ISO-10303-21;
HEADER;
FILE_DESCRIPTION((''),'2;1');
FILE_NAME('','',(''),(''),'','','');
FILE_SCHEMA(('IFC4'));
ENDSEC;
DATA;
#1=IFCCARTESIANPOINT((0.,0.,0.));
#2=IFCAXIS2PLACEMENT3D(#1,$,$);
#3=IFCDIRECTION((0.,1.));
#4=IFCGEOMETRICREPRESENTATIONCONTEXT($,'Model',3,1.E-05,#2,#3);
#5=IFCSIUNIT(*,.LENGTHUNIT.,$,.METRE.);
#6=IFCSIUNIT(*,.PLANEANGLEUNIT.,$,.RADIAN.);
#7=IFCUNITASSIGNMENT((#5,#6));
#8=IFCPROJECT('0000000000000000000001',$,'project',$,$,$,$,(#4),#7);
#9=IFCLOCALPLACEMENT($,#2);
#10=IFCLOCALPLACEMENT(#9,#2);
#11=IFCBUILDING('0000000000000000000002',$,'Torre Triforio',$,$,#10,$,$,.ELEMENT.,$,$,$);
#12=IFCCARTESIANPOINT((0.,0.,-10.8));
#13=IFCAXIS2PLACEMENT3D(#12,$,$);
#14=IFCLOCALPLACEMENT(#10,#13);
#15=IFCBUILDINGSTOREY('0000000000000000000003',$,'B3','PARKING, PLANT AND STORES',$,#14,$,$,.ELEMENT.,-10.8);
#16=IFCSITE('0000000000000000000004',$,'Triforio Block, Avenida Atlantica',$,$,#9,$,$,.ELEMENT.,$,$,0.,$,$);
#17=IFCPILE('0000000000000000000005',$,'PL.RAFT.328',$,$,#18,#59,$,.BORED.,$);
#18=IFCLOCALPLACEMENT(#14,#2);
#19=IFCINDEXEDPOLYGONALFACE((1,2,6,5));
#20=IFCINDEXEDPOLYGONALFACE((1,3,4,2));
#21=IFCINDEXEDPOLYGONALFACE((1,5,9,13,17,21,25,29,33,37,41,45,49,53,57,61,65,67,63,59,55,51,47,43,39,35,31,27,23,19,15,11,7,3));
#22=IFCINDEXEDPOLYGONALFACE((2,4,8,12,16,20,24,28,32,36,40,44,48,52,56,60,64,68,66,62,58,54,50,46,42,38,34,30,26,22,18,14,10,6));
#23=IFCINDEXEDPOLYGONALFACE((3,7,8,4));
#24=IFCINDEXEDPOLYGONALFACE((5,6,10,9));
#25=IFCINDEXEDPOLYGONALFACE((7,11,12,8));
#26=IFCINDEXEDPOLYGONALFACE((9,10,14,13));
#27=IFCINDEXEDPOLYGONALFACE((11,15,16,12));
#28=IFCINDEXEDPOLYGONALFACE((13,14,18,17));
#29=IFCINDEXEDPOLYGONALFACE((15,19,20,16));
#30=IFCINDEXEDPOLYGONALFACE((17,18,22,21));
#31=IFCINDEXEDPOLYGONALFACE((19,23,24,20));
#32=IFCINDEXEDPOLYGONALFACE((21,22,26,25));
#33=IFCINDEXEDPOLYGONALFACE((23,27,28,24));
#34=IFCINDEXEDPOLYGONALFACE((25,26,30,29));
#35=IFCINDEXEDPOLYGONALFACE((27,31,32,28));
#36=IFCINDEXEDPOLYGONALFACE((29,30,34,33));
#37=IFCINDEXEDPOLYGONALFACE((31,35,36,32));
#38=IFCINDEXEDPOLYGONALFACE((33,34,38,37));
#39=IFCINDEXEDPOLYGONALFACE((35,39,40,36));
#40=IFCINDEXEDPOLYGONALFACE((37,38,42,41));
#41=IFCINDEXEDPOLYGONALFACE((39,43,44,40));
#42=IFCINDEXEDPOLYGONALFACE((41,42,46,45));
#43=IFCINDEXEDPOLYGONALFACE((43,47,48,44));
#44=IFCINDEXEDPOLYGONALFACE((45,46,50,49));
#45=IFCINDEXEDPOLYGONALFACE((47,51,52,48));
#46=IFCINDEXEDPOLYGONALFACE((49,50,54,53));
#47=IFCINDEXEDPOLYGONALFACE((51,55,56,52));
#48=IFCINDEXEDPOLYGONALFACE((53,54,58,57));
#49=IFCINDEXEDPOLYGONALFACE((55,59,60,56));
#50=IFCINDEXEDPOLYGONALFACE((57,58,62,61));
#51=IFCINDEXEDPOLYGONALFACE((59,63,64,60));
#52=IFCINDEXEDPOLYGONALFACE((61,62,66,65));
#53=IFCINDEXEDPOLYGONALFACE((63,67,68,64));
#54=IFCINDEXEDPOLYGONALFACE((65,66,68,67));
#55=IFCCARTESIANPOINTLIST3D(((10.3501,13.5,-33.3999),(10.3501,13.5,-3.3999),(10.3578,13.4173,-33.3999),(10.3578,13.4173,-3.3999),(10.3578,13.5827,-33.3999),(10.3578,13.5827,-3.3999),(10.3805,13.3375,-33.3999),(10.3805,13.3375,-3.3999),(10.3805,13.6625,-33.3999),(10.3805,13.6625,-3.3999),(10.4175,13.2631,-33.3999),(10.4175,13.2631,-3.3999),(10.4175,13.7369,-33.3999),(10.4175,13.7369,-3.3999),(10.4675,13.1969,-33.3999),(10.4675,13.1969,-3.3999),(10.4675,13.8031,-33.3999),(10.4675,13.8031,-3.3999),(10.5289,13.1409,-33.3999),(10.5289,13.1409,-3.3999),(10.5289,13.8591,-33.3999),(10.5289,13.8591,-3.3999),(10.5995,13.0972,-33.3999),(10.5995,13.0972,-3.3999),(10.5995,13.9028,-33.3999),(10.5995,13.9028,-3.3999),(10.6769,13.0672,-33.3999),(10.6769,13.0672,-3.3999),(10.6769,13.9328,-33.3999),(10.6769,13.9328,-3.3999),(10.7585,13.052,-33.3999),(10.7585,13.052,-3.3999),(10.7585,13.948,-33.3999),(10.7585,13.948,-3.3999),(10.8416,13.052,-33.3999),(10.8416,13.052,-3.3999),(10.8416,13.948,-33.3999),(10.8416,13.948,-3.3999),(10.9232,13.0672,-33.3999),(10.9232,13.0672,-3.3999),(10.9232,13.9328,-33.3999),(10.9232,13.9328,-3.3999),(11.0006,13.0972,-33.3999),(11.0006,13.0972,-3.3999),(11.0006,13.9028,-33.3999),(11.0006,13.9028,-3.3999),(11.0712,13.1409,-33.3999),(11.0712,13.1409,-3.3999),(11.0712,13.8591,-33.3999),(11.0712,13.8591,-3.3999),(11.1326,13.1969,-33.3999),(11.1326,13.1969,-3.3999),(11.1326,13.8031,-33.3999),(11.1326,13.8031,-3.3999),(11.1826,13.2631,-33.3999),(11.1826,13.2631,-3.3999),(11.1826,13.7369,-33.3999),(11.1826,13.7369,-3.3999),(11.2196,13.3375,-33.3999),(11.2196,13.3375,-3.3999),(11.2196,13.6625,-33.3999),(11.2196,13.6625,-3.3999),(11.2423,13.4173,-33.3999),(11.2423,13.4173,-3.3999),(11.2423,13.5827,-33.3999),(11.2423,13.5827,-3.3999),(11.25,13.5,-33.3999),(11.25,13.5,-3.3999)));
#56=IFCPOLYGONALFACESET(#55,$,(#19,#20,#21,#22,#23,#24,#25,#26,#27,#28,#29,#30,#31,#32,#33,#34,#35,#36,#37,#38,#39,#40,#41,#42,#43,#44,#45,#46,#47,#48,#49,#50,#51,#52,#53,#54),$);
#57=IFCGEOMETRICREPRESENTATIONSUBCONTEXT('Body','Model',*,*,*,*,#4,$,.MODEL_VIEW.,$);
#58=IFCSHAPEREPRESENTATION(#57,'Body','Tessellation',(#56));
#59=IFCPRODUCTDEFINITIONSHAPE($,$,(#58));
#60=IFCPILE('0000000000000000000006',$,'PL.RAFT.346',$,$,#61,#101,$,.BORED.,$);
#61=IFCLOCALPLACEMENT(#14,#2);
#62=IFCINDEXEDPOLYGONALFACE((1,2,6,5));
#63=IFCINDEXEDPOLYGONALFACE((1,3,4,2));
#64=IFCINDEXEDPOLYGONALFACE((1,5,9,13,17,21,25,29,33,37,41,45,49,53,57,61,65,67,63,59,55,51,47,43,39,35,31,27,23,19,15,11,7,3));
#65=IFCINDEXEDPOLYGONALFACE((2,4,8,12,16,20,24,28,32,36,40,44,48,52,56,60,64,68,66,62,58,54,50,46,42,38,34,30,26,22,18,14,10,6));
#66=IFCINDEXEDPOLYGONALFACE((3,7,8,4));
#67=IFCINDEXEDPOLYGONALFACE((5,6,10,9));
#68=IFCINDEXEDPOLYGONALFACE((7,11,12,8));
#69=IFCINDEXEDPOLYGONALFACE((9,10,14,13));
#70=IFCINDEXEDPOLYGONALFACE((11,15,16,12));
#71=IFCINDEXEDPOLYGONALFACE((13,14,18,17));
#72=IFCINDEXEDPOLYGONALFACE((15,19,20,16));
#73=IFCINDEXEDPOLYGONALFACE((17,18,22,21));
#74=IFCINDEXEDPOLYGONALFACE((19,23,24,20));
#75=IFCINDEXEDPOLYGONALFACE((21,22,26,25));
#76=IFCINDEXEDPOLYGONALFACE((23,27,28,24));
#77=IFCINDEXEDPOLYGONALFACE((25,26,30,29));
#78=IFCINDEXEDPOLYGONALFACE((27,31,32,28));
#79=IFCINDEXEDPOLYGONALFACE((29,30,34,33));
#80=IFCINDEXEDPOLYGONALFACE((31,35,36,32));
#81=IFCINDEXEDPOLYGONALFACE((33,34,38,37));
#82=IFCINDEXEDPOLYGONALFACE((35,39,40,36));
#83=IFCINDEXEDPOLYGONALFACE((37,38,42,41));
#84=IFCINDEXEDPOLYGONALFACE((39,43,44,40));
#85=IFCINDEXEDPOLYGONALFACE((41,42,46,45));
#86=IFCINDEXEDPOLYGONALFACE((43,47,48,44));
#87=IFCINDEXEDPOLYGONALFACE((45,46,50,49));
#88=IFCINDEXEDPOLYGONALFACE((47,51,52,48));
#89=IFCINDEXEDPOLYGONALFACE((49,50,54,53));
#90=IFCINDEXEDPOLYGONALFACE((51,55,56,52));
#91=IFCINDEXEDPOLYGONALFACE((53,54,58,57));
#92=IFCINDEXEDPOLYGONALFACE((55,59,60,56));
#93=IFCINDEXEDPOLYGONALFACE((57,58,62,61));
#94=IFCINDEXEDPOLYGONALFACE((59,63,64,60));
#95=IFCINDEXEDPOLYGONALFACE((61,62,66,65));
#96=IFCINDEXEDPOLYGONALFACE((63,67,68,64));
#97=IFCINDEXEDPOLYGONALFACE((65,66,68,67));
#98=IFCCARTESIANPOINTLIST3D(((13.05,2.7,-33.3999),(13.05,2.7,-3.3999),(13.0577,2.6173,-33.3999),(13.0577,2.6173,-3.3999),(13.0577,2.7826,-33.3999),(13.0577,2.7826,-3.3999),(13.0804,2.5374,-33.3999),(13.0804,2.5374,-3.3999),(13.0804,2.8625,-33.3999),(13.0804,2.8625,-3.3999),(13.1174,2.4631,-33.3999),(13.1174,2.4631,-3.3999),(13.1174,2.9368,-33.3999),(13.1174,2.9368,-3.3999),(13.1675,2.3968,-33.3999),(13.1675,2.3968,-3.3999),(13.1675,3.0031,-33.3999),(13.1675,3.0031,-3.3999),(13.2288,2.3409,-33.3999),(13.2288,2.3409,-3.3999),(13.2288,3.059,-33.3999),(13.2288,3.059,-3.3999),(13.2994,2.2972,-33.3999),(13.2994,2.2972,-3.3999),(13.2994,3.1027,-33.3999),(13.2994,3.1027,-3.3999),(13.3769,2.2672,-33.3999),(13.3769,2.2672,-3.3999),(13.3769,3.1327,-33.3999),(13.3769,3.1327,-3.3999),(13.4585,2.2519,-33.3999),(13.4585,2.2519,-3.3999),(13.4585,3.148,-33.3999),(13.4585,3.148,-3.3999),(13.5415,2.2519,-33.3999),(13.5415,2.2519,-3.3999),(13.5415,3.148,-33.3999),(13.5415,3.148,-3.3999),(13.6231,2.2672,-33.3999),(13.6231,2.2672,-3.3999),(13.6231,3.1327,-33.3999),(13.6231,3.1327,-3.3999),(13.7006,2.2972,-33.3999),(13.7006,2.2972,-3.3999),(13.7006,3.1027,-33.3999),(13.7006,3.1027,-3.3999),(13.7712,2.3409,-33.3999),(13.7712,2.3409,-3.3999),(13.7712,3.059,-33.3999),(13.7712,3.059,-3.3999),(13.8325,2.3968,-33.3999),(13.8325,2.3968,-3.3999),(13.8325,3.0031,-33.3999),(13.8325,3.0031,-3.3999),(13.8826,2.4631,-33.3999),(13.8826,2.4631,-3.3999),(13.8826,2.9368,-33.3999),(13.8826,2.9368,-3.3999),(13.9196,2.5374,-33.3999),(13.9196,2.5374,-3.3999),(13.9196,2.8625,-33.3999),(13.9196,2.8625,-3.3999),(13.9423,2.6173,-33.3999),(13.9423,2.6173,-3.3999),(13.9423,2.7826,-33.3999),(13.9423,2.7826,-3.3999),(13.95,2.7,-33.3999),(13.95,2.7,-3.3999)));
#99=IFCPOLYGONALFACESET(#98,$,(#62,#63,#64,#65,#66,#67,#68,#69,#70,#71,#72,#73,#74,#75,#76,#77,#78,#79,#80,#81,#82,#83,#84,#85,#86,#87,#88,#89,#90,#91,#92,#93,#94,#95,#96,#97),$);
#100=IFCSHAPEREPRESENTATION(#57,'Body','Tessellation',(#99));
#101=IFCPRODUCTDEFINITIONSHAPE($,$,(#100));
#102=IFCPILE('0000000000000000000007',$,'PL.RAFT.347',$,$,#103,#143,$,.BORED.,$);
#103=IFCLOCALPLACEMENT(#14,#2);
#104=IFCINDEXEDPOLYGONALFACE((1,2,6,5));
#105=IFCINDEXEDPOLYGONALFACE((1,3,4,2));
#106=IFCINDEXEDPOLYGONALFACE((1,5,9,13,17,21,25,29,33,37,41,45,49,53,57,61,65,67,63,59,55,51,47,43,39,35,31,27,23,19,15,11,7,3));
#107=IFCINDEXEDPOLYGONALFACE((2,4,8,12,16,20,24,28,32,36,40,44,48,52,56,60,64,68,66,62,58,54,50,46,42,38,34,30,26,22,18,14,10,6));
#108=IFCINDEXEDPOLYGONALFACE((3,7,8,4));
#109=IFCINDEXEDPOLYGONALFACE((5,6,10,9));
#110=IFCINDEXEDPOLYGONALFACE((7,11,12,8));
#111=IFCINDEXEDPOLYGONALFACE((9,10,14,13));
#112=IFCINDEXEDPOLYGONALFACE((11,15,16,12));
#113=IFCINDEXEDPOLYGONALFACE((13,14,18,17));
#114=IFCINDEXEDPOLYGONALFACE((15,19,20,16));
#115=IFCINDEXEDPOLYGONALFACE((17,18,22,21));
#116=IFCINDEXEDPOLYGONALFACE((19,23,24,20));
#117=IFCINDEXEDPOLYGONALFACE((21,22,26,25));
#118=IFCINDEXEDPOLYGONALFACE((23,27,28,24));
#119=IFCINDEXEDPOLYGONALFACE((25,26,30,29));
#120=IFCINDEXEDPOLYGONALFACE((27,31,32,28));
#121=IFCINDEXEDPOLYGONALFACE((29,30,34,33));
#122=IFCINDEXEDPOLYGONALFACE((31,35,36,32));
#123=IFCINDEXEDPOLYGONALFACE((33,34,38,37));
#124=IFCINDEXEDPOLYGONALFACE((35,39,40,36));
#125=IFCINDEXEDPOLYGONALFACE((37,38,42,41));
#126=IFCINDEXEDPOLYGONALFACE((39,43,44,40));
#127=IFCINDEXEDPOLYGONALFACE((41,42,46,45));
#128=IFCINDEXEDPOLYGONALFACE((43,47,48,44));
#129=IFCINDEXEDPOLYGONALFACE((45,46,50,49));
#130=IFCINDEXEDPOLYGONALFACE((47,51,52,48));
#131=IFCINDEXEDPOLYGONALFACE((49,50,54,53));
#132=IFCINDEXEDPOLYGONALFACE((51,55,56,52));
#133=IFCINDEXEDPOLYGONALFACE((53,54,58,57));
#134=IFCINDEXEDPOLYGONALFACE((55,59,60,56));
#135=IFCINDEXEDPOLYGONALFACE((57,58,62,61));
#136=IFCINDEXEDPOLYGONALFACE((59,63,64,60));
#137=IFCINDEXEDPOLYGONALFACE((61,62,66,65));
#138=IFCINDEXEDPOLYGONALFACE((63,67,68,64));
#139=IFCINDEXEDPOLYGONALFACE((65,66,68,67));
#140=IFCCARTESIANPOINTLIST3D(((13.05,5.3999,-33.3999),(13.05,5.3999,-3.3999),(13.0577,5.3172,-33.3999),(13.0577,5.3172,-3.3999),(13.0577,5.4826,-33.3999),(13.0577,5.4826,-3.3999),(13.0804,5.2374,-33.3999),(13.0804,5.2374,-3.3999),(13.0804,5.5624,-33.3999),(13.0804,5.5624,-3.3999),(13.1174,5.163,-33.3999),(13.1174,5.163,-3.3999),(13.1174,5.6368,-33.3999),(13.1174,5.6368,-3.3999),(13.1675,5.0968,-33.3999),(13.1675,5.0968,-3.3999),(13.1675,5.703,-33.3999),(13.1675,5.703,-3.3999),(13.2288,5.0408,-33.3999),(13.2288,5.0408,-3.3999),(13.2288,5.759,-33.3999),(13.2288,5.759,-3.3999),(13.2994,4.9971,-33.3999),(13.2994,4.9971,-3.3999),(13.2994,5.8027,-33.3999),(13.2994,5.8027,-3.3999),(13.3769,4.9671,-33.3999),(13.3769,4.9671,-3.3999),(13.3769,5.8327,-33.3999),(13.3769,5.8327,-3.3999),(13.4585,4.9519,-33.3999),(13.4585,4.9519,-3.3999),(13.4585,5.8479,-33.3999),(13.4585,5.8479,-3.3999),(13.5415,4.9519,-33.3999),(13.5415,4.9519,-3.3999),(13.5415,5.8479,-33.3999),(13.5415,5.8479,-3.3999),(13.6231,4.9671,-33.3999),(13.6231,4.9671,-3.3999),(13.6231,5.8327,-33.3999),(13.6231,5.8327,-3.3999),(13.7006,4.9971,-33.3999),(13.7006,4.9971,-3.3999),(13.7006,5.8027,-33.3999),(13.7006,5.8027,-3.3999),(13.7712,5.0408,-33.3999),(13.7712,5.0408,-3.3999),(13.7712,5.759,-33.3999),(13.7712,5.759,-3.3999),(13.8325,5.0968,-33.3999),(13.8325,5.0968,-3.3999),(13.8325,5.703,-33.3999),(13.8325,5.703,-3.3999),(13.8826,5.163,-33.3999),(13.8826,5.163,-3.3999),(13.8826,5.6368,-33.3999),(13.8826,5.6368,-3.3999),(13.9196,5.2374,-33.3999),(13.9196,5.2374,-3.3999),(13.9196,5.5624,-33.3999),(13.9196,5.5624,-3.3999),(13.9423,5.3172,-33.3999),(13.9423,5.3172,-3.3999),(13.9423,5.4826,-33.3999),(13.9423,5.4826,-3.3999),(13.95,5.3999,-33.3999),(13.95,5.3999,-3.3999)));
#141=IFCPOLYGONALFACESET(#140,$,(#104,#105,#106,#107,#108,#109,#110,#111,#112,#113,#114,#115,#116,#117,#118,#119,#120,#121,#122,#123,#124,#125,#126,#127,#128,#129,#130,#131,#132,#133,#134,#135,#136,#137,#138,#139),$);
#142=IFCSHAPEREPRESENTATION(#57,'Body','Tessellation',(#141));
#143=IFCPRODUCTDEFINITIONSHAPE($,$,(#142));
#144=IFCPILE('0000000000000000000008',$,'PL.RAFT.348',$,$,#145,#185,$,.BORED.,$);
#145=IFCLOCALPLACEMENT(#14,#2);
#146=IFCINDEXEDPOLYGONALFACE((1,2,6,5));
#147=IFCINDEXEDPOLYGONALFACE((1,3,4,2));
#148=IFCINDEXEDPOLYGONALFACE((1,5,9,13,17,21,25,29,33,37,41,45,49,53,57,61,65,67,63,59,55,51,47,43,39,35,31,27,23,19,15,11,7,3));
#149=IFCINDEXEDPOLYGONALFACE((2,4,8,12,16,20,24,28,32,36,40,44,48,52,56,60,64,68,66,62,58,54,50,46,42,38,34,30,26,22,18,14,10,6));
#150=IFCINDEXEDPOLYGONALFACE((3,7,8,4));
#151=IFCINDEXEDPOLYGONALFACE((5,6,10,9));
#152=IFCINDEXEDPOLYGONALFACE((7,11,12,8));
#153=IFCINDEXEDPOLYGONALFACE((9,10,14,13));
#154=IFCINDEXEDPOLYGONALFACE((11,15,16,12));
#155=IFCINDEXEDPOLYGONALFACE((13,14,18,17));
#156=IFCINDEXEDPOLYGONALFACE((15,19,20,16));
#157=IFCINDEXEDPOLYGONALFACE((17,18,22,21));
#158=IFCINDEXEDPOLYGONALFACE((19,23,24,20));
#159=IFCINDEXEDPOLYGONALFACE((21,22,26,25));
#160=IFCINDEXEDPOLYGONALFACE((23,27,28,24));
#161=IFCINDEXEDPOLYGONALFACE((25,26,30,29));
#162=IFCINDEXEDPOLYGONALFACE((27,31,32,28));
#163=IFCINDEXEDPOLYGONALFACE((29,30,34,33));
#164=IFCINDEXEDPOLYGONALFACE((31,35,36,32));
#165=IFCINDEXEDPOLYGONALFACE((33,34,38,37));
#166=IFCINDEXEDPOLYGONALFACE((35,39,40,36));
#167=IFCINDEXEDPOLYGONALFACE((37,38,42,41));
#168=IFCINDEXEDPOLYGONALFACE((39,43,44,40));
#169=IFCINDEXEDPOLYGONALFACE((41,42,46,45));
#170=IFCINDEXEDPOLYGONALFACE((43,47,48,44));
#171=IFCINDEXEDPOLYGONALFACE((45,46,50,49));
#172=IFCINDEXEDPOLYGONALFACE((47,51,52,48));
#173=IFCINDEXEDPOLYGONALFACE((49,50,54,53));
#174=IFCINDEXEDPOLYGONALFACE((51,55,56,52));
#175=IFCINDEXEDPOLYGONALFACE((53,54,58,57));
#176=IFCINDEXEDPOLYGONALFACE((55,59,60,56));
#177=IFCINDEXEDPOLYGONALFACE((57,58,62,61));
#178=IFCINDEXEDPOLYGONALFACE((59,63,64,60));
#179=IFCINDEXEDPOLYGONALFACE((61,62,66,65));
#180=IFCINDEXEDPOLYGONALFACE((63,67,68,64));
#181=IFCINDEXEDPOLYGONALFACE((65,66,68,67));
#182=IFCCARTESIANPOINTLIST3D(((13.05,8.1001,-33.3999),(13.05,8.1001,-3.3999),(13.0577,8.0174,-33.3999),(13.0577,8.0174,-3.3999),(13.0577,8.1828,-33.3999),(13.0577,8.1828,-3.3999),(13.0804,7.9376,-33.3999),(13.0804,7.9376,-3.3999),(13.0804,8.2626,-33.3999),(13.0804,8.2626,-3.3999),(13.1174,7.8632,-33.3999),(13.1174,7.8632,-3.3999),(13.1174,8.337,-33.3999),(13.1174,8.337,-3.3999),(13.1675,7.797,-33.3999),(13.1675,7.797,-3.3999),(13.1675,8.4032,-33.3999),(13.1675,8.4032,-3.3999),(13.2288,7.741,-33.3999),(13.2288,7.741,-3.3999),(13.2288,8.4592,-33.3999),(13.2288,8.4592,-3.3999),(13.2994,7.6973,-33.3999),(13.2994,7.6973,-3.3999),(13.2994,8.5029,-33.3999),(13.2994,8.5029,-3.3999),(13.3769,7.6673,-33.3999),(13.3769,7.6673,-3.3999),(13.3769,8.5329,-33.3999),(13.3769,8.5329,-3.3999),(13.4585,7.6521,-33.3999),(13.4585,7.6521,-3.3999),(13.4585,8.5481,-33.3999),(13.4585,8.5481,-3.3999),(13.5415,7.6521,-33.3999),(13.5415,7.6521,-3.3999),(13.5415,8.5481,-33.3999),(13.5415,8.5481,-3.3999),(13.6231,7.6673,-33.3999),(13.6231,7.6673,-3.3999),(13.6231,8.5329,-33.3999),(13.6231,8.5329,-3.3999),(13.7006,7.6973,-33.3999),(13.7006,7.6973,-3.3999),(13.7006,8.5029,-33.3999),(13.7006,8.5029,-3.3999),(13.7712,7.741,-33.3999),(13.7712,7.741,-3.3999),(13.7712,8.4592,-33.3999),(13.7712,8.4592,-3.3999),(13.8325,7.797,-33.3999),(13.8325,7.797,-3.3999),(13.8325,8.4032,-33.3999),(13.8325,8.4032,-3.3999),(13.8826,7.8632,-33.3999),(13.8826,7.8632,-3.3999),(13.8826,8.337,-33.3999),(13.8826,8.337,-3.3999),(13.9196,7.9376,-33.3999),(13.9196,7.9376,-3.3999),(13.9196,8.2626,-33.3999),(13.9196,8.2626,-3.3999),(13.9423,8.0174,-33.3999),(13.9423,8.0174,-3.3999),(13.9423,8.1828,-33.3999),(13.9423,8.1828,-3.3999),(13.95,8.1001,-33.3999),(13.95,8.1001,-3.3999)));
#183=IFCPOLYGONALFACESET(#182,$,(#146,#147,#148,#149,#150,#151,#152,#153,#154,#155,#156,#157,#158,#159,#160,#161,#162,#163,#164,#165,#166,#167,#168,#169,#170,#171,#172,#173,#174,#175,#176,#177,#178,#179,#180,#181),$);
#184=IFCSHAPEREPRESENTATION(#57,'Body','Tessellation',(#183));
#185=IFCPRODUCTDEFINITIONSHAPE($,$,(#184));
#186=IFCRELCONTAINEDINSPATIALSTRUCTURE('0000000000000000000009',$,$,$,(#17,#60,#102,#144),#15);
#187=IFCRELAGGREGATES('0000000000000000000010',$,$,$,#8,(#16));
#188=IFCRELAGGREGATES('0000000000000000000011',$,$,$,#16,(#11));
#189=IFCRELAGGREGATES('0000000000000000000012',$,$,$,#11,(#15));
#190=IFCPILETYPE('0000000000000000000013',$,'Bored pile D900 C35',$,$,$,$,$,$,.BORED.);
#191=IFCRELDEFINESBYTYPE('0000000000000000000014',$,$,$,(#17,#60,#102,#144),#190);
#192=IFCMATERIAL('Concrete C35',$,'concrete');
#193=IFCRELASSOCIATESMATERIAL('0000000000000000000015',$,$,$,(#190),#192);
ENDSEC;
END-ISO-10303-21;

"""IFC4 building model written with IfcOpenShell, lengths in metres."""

from ifc_helpers import new_model, si_unit, direction, frame, origin, origin_2d, place, context, subcontext, project, spatial, circle, extrude, material, material_profile, profile_set, type_object, element, save


model = new_model("IFC4")

# Units and contexts
model_context = context("Model", 3, precision=1e-05, world=origin(), true_north=direction((0.0, 1.0)))
body_context = subcontext(model_context, "Body", "Model", "MODEL_VIEW")
ifc_project = project(units=[si_unit("LENGTHUNIT", "METRE"), si_unit("PLANEANGLEUNIT", "RADIAN")], contexts=[model_context])

# Site, building, storey
site_placement = place(None, origin())
site = spatial("IfcSite", under=ifc_project, at=site_placement, Name="Triforio Block, Avenida Atlantica", CompositionType="ELEMENT", RefElevation=0.0)
building_placement = place(site_placement, origin())
building = spatial("IfcBuilding", under=site, at=building_placement, Name="Torre Triforio", CompositionType="ELEMENT")
storey_placement = place(building_placement, frame((0.0, 0.0, -10.8)))
storey = spatial("IfcBuildingStorey", under=building, at=storey_placement, Name="B3", Description="PARKING, PLANT AND STORES", CompositionType="ELEMENT", Elevation=-10.8)

# Piles
ifc_material_1 = material(Name="Concrete C35", Category="concrete")
ifc_material_profile_1 = material_profile(ifc_material_1, circle(Radius=0.45, at=origin_2d()), Name="RC D900")
ifc_profile_set_1 = profile_set([ifc_material_profile_1], Name="Concrete C35")
pile_type = type_object("IfcPileType", Name="Bored pile D900 C35", PredefinedType="BORED", material=ifc_profile_set_1)
for number, where, z_axis, x_axis, name in (
    (1, (10.8, 13.5, -3.3999), (0.0, 0.0, -1.0), (1.0, 0.0, 0.0), "PL.RAFT.328"),
    (2, (13.5, 2.7, -3.3999), (0.0, 0.0, -1.0), (1.0, 0.0, 0.0), "PL.RAFT.346"),
    (3, (13.5, 5.3999, -3.3999), (0.0, 0.0, -1.0), (1.0, 0.0, 0.0), "PL.RAFT.347"),
    (4, (13.5, 8.1001, -3.3999), (0.0, 0.0, -1.0), (1.0, 0.0, 0.0), "PL.RAFT.348"),
):
    element("IfcPile", number, at=place(storey_placement, frame(where, z_axis=z_axis, x_axis=x_axis)), inside=storey, type_object=pile_type, Name=name, PredefinedType="BORED", context=body_context, shape_type="SweptSolid", body=[
        extrude(circle(Radius=0.45, at=origin_2d()), origin(), (0.0, 0.0, 1.0), 30.0),
    ])

save(model, "model.ifc")
